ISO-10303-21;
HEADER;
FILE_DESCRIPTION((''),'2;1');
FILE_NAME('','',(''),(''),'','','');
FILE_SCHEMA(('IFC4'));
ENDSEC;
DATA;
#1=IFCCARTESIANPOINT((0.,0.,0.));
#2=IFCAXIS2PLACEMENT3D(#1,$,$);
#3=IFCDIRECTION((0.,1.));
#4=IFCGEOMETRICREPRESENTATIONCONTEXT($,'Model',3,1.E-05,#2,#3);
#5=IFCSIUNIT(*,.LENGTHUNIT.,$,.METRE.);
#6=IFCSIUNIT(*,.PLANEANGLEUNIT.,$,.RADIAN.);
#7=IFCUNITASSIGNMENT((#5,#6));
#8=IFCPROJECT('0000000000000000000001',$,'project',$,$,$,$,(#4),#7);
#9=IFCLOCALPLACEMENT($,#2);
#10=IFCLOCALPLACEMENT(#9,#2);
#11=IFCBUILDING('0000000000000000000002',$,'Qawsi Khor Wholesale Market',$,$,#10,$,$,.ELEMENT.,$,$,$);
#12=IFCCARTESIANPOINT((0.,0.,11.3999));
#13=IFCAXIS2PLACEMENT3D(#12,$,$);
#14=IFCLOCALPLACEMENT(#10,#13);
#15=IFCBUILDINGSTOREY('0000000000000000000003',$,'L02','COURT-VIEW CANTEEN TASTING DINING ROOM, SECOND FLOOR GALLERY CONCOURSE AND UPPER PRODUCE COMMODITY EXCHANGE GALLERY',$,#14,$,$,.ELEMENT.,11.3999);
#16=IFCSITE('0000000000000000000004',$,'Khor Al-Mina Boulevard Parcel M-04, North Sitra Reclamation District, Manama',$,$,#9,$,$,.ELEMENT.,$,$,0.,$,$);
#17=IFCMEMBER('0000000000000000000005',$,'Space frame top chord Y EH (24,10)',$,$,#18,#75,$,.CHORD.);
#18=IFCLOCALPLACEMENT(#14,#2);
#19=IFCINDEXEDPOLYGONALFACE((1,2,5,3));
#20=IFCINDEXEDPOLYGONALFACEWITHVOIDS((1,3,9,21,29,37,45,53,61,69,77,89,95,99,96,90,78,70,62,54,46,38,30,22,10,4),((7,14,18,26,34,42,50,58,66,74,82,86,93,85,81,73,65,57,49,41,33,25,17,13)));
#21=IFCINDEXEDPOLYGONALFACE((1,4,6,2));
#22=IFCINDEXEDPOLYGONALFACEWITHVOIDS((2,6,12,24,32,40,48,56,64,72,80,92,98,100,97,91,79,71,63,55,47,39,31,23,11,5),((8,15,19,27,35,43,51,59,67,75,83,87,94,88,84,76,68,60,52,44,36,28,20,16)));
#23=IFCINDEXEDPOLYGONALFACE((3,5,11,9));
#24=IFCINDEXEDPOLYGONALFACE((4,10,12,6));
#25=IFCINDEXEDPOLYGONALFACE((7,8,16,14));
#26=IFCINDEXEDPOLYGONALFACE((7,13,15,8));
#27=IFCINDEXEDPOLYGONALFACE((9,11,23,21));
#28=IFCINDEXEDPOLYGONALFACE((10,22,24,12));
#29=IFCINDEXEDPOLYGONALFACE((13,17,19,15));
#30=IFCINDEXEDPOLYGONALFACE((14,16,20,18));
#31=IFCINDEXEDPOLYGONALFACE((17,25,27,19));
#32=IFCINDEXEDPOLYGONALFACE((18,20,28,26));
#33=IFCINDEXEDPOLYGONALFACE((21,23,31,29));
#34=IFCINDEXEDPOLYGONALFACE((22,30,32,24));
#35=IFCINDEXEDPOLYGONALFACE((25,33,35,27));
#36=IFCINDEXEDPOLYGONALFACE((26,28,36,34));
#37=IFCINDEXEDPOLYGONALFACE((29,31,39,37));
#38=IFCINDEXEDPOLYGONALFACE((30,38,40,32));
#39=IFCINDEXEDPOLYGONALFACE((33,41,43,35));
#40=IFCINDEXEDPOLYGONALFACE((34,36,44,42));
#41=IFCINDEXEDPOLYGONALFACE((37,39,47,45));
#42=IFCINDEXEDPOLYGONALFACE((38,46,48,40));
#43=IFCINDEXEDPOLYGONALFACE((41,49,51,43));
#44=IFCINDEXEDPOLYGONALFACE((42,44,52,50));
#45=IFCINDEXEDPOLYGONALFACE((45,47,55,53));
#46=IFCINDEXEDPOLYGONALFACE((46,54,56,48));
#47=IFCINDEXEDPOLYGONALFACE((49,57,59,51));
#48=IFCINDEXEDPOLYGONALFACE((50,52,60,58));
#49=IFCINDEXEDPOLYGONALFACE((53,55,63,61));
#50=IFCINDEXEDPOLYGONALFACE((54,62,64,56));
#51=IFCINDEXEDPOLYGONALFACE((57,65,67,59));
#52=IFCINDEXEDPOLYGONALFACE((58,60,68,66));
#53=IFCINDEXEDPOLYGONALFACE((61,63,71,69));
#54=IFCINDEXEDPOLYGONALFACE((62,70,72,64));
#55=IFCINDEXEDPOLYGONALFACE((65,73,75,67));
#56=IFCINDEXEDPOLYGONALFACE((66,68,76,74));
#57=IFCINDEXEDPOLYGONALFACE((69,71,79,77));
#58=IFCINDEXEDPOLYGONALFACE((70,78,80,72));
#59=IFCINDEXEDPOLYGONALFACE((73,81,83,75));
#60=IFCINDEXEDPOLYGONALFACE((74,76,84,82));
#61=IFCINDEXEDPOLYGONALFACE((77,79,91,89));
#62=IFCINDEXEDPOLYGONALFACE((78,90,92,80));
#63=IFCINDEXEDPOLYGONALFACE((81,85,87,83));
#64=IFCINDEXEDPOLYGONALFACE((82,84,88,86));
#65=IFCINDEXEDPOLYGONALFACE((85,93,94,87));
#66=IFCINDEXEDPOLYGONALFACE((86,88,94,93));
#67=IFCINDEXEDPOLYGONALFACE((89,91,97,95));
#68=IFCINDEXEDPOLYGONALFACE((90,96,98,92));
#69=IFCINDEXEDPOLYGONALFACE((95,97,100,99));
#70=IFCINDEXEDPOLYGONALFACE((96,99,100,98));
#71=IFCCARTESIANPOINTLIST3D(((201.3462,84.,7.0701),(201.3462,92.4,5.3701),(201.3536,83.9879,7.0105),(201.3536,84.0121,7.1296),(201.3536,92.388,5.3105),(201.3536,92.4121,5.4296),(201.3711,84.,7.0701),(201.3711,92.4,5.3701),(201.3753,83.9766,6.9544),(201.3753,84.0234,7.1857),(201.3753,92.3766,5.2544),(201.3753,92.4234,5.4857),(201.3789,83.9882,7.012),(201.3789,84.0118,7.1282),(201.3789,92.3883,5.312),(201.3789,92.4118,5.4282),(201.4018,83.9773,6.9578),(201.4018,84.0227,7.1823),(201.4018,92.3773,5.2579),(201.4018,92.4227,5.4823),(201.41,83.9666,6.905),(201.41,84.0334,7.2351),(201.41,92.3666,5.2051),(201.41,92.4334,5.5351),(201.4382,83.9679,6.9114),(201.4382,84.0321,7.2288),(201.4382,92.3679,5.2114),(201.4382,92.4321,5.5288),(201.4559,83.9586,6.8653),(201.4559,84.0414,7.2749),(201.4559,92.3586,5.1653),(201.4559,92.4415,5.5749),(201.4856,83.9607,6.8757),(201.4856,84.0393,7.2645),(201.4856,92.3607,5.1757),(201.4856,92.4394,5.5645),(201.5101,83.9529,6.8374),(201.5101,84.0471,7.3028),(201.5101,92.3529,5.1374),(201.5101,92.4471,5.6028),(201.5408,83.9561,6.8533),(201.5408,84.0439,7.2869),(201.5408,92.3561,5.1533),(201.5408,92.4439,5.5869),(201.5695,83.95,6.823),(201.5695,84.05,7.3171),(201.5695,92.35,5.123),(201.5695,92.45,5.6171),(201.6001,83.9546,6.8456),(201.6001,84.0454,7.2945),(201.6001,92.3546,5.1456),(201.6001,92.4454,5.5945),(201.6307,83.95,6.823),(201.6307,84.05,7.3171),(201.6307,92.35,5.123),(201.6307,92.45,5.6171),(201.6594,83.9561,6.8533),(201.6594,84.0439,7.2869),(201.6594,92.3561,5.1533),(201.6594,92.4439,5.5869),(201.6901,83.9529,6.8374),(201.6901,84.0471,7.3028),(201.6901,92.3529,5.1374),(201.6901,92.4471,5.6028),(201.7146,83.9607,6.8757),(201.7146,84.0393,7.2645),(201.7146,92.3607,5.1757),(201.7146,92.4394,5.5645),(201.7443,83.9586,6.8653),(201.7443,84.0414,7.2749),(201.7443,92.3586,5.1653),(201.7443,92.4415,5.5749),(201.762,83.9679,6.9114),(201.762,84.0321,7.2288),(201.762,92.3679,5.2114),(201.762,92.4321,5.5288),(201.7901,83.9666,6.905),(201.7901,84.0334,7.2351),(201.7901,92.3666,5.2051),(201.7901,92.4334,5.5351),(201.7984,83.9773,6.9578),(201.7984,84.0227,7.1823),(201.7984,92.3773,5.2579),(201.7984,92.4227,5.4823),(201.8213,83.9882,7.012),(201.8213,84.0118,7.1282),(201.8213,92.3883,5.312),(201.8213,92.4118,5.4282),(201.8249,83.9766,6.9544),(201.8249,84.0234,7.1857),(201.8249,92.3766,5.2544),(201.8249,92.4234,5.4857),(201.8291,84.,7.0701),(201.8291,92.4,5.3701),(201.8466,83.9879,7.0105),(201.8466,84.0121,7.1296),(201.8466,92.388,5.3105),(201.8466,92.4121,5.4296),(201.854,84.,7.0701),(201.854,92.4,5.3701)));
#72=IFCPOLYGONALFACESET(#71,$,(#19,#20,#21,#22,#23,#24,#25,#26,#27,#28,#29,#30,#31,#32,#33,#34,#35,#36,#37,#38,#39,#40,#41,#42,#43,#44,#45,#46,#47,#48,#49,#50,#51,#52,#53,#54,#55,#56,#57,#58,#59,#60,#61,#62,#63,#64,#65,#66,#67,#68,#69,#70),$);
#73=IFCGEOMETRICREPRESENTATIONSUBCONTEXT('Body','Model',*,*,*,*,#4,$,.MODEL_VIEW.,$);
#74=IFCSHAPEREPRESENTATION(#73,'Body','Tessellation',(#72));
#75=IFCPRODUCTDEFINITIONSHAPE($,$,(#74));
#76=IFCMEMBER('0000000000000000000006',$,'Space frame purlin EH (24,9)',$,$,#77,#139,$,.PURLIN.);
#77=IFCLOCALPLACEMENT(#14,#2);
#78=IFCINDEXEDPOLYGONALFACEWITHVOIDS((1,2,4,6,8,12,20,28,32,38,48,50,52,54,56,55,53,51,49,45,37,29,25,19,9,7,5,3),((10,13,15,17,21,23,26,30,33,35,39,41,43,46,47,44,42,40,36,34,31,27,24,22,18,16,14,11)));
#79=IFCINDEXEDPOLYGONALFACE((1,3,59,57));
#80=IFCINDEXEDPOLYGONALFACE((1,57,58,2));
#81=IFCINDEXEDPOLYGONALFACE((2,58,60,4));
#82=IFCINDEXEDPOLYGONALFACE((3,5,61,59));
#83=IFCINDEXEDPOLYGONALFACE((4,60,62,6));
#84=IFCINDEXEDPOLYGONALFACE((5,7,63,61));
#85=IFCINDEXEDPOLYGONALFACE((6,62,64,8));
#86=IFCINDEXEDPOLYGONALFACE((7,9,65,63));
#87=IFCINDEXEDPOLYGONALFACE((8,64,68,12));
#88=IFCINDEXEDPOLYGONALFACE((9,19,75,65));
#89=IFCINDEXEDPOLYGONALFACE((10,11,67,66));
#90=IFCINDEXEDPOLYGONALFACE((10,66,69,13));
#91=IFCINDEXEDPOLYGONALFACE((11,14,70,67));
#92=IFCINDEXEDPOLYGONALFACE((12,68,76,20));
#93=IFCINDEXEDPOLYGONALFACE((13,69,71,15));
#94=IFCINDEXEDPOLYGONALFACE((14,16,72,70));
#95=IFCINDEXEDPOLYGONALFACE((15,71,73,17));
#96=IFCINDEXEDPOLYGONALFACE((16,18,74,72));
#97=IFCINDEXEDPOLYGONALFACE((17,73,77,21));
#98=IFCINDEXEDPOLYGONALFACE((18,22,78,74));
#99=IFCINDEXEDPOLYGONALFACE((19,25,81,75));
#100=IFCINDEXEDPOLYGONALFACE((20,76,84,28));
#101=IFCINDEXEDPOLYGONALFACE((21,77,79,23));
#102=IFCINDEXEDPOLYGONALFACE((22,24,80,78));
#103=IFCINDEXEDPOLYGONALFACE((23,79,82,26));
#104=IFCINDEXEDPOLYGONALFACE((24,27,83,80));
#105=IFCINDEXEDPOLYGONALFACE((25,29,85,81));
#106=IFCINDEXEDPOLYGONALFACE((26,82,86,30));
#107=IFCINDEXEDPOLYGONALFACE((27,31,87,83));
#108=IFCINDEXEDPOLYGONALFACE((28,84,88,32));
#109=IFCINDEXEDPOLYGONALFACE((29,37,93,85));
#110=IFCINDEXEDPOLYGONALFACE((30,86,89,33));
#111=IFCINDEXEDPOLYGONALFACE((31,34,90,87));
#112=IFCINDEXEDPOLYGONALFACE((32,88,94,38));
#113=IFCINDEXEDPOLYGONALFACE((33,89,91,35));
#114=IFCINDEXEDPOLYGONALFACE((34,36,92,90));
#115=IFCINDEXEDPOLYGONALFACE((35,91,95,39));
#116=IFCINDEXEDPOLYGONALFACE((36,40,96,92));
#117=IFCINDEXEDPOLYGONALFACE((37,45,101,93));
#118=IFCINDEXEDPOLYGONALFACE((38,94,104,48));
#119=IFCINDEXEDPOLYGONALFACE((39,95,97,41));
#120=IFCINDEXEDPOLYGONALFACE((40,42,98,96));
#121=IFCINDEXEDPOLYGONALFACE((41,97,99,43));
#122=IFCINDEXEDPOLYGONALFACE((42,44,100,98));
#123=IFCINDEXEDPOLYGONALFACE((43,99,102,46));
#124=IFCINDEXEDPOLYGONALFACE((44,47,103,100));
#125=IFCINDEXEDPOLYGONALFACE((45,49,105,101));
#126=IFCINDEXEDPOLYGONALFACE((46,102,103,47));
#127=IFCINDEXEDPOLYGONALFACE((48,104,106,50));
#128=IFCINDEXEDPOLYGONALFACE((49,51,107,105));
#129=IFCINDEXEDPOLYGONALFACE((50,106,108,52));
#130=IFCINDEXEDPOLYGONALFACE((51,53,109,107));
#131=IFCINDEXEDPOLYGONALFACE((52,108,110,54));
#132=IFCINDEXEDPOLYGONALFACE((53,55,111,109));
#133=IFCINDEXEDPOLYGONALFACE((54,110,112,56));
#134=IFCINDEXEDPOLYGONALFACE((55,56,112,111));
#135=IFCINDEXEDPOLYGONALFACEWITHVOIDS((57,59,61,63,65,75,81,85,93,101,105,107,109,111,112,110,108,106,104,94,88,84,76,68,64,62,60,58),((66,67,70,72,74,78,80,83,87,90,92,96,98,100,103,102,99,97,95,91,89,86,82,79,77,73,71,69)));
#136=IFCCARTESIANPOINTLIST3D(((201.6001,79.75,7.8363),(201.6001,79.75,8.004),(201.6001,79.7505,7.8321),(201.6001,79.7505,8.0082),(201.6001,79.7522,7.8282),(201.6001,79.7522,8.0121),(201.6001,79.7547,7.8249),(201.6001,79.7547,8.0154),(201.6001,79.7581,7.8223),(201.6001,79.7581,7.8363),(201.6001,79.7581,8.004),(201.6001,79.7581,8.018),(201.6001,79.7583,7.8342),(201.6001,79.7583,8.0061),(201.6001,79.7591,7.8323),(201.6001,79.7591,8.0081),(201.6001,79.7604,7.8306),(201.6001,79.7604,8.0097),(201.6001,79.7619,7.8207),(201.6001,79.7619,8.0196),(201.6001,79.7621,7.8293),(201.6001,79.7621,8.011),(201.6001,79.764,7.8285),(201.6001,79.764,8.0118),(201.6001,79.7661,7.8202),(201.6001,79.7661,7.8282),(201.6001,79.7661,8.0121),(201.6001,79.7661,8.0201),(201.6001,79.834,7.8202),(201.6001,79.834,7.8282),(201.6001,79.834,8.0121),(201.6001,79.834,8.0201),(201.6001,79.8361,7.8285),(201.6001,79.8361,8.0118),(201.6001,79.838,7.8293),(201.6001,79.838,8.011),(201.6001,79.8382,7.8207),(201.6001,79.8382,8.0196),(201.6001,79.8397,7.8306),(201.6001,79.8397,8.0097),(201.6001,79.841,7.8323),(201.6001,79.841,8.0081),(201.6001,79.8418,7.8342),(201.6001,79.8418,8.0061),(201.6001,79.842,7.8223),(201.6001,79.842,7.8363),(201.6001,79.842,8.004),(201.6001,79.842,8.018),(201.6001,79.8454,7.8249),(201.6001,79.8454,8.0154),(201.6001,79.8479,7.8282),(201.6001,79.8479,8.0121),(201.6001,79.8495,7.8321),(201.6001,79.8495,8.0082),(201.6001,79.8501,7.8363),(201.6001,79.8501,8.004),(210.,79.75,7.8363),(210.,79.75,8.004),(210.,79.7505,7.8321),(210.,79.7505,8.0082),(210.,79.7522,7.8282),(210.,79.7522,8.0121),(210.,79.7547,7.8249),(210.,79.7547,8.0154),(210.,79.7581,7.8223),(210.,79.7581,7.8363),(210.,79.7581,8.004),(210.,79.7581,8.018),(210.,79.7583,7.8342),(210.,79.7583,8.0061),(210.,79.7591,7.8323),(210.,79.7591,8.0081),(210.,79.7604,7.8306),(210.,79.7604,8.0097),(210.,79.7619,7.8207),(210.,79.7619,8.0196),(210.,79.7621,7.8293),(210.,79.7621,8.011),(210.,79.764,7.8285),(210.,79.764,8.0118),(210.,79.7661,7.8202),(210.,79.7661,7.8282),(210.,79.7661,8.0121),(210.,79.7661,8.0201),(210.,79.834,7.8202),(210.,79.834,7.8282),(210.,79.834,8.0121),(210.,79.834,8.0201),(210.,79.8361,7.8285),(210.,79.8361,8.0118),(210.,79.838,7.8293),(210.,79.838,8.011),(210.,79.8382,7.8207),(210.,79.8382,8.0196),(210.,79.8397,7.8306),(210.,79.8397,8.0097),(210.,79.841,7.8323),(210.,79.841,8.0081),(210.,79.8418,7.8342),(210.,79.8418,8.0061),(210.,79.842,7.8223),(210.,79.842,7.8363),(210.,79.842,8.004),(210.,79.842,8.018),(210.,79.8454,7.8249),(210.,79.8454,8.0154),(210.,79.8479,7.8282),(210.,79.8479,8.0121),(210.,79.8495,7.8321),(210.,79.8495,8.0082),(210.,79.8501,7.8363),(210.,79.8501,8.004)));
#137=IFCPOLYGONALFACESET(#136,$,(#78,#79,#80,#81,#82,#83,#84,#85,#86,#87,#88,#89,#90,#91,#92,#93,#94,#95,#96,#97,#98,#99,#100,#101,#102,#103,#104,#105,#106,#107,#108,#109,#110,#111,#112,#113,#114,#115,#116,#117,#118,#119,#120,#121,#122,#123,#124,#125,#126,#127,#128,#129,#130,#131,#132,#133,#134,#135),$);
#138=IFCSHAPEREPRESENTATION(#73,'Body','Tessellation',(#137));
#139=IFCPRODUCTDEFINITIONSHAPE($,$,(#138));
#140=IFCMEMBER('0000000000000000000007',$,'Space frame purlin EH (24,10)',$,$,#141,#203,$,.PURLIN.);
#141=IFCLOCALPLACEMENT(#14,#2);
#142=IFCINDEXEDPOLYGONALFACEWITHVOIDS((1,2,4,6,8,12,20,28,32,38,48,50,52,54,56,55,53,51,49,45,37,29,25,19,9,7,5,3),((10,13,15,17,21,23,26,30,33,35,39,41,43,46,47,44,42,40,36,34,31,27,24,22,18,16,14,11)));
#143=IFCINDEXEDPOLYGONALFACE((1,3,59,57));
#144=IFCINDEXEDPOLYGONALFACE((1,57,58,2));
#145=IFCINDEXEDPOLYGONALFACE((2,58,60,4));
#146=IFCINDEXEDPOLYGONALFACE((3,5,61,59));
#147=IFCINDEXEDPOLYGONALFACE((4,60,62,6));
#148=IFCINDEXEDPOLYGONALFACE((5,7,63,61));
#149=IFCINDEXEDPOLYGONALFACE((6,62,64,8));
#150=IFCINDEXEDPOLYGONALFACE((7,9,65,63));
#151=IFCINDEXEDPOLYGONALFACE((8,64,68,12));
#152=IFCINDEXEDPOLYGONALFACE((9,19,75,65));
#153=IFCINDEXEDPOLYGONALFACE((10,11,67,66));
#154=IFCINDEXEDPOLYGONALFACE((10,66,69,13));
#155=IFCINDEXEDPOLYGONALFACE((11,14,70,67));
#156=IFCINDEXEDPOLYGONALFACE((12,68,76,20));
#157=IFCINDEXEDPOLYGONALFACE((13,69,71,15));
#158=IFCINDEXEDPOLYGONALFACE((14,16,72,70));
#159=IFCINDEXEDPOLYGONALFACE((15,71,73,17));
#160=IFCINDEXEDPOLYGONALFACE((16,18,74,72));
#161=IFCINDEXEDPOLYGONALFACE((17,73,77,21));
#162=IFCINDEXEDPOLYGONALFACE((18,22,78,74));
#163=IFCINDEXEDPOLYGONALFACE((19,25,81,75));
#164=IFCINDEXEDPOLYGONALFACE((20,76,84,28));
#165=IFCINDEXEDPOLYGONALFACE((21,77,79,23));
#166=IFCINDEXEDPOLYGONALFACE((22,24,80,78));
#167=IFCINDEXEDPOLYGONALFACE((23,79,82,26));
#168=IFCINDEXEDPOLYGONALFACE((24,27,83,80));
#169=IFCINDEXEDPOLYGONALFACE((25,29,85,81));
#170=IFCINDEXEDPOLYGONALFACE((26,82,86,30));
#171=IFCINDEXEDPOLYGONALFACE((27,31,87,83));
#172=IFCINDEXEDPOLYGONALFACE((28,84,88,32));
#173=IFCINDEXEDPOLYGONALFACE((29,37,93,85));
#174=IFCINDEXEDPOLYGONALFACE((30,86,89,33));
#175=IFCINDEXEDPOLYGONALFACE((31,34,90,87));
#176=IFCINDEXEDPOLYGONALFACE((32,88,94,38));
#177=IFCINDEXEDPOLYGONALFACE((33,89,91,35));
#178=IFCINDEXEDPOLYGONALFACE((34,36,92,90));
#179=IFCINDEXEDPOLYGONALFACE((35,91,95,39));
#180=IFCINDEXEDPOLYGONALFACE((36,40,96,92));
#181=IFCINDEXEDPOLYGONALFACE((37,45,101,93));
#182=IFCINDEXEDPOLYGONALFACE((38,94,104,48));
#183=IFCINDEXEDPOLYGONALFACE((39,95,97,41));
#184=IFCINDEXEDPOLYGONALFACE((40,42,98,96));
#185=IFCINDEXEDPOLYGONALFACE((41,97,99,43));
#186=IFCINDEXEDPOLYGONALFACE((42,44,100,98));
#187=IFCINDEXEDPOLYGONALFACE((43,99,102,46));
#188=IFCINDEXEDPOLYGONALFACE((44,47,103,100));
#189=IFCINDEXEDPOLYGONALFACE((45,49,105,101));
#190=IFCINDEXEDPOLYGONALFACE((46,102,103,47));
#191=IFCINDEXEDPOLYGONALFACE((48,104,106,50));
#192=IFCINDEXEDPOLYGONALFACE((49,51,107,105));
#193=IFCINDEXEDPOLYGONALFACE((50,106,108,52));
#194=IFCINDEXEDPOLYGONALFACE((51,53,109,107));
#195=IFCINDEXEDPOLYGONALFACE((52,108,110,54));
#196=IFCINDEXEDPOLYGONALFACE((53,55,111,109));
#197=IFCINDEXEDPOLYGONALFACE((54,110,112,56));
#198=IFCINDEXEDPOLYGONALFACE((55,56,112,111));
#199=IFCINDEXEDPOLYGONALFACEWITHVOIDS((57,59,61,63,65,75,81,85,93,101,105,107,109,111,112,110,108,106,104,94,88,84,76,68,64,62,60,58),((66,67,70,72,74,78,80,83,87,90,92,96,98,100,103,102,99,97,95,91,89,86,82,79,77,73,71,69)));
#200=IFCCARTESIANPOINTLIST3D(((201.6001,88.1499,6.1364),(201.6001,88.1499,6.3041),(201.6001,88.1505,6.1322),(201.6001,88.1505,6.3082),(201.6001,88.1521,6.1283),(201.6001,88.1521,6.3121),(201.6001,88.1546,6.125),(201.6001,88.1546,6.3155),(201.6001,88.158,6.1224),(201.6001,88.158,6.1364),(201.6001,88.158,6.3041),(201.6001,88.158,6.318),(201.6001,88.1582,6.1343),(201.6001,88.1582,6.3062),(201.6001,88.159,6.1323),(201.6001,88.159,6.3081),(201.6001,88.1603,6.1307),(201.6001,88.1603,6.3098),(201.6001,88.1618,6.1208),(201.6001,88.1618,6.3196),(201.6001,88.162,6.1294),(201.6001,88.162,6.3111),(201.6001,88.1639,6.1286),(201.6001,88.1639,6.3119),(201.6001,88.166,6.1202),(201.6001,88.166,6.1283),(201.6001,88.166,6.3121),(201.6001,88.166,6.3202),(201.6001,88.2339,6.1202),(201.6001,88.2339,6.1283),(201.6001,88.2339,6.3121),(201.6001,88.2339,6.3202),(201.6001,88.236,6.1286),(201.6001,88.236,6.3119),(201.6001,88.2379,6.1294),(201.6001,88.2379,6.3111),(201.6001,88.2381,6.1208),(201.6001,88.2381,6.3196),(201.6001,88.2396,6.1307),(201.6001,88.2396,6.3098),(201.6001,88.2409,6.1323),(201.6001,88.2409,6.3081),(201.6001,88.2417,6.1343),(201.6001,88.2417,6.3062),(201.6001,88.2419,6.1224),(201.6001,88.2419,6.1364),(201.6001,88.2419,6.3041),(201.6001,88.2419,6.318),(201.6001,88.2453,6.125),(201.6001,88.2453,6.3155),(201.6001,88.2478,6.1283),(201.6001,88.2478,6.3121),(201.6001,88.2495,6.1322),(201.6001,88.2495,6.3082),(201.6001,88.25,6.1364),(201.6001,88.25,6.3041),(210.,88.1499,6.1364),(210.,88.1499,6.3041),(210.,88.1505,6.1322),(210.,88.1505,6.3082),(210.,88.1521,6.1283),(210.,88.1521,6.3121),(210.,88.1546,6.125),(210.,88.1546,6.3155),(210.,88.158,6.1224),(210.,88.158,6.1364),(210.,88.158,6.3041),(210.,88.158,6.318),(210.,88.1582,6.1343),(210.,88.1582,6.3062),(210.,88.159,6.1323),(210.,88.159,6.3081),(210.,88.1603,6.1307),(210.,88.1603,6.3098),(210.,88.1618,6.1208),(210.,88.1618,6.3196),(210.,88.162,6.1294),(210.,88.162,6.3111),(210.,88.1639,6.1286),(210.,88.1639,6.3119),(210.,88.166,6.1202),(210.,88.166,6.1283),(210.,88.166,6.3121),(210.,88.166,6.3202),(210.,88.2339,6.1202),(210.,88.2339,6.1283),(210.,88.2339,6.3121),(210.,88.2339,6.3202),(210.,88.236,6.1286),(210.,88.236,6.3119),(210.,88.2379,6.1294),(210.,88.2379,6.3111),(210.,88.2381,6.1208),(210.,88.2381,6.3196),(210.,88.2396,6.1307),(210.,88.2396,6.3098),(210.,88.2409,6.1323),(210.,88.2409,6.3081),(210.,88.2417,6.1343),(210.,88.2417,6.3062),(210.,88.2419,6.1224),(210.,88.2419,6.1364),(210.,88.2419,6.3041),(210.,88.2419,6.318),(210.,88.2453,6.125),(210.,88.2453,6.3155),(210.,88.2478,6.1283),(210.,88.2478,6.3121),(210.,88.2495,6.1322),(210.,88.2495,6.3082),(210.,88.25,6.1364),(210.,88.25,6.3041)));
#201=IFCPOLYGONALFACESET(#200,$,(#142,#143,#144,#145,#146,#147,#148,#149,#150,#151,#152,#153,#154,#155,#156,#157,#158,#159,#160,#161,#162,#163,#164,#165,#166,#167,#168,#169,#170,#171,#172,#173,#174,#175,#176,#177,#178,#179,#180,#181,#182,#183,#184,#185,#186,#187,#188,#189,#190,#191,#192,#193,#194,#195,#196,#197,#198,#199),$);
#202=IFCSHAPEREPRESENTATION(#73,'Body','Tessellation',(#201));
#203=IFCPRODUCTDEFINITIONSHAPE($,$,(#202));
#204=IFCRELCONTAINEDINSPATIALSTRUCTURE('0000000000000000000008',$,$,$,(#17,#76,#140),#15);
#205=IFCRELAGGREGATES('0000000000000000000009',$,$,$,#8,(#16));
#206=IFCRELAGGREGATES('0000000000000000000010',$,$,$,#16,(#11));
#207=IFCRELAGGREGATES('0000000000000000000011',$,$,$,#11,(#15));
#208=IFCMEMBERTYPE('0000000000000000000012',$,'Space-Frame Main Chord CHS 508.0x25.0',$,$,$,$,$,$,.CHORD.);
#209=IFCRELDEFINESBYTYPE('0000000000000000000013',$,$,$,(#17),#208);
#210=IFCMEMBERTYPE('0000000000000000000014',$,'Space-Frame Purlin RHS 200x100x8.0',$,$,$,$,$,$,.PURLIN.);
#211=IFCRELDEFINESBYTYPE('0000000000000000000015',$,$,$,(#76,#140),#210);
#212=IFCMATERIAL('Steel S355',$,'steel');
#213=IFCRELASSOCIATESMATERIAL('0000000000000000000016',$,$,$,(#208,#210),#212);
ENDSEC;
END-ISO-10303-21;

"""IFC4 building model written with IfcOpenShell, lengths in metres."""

from ifc_helpers import new_model, si_unit, direction, frame, origin, origin_2d, place, context, subcontext, project, spatial, hollow_rectangle, hollow_circle, extrude, material, material_profile, profile_set, type_object, element, save


model = new_model("IFC4")

# Units and contexts
model_context = context("Model", 3, precision=1e-05, world=origin(), true_north=direction((0.0, 1.0)))
body_context = subcontext(model_context, "Body", "Model", "MODEL_VIEW")
ifc_project = project(units=[si_unit("LENGTHUNIT", "METRE"), si_unit("PLANEANGLEUNIT", "RADIAN")], contexts=[model_context])

# Site, building, storey
site_placement = place(None, origin())
site = spatial("IfcSite", under=ifc_project, at=site_placement, Name="Khor Al-Mina Boulevard Parcel M-04, North Sitra Reclamation District, Manama", CompositionType="ELEMENT", RefElevation=0.0)
building_placement = place(site_placement, origin())
building = spatial("IfcBuilding", under=site, at=building_placement, Name="Qawsi Khor Wholesale Market", CompositionType="ELEMENT")
storey_placement = place(building_placement, frame((0.0, 0.0, 11.3999)))
storey = spatial("IfcBuildingStorey", under=building, at=storey_placement, Name="L02", Description="COURT-VIEW CANTEEN TASTING DINING ROOM, SECOND FLOOR GALLERY CONCOURSE AND UPPER PRODUCE COMMODITY EXCHANGE GALLERY", CompositionType="ELEMENT", Elevation=11.3999)

# Members
ifc_material_1 = material(Name="Steel S355", Category="steel")
ifc_material_profile_1 = material_profile(ifc_material_1, hollow_circle(Radius=0.2539, WallThickness=0.0249, at=origin_2d()), Name="CHS 508.0x25.0")
ifc_profile_set_1 = profile_set([ifc_material_profile_1], Name="Steel S355")
member_type_1 = type_object("IfcMemberType", Name="Space-Frame Main Chord CHS 508.0x25.0", PredefinedType="CHORD", material=ifc_profile_set_1)
member_1_placement = place(storey_placement, frame((201.6001, 84.0, 7.0701), z_axis=(0.0, 0.98013, -0.198356), x_axis=(-1.0, 0.0, 0.0)))
element("IfcMember", 1, at=member_1_placement, inside=storey, type_object=member_type_1, Name="Space frame top chord Y EH (24,10)", PredefinedType="CHORD", context=body_context, shape_type="SweptSolid", body=[
    extrude(hollow_circle(Radius=0.2539, WallThickness=0.0249, at=origin_2d()), origin(), (0.0, 0.0, 1.0), 8.5703),
])
ifc_material_profile_2 = material_profile(ifc_material_1, hollow_rectangle(XDim=0.1001, YDim=0.2, WallThickness=0.0081, InnerFilletRadius=0.0081, OuterFilletRadius=0.0161, at=origin_2d()), Name="RHS 200x100x8.0")
ifc_profile_set_2 = profile_set([ifc_material_profile_2], Name="Steel S355")
member_type_2 = type_object("IfcMemberType", Name="Space-Frame Purlin RHS 200x100x8.0", PredefinedType="PURLIN", material=ifc_profile_set_2)
for number, where, z_axis, x_axis, name in (
    (2, (201.6001, 79.8, 7.9202), (1.0, 0.0, 0.0), (0.0, 1.0, 0.0), "Space frame purlin EH (24,9)"),
    (3, (201.6001, 88.2, 6.2202), (1.0, 0.0, 0.0), (0.0, 1.0, 0.0), "Space frame purlin EH (24,10)"),
):
    element("IfcMember", number, at=place(storey_placement, frame(where, z_axis=z_axis, x_axis=x_axis)), inside=storey, type_object=member_type_2, Name=name, PredefinedType="PURLIN", context=body_context, shape_type="SweptSolid", body=[
        extrude(hollow_rectangle(XDim=0.1001, YDim=0.2, WallThickness=0.0081, InnerFilletRadius=0.0081, OuterFilletRadius=0.0161, at=origin_2d()), origin(), (0.0, 0.0, 1.0), 8.3999),
    ])

save(model, "model.ifc")
